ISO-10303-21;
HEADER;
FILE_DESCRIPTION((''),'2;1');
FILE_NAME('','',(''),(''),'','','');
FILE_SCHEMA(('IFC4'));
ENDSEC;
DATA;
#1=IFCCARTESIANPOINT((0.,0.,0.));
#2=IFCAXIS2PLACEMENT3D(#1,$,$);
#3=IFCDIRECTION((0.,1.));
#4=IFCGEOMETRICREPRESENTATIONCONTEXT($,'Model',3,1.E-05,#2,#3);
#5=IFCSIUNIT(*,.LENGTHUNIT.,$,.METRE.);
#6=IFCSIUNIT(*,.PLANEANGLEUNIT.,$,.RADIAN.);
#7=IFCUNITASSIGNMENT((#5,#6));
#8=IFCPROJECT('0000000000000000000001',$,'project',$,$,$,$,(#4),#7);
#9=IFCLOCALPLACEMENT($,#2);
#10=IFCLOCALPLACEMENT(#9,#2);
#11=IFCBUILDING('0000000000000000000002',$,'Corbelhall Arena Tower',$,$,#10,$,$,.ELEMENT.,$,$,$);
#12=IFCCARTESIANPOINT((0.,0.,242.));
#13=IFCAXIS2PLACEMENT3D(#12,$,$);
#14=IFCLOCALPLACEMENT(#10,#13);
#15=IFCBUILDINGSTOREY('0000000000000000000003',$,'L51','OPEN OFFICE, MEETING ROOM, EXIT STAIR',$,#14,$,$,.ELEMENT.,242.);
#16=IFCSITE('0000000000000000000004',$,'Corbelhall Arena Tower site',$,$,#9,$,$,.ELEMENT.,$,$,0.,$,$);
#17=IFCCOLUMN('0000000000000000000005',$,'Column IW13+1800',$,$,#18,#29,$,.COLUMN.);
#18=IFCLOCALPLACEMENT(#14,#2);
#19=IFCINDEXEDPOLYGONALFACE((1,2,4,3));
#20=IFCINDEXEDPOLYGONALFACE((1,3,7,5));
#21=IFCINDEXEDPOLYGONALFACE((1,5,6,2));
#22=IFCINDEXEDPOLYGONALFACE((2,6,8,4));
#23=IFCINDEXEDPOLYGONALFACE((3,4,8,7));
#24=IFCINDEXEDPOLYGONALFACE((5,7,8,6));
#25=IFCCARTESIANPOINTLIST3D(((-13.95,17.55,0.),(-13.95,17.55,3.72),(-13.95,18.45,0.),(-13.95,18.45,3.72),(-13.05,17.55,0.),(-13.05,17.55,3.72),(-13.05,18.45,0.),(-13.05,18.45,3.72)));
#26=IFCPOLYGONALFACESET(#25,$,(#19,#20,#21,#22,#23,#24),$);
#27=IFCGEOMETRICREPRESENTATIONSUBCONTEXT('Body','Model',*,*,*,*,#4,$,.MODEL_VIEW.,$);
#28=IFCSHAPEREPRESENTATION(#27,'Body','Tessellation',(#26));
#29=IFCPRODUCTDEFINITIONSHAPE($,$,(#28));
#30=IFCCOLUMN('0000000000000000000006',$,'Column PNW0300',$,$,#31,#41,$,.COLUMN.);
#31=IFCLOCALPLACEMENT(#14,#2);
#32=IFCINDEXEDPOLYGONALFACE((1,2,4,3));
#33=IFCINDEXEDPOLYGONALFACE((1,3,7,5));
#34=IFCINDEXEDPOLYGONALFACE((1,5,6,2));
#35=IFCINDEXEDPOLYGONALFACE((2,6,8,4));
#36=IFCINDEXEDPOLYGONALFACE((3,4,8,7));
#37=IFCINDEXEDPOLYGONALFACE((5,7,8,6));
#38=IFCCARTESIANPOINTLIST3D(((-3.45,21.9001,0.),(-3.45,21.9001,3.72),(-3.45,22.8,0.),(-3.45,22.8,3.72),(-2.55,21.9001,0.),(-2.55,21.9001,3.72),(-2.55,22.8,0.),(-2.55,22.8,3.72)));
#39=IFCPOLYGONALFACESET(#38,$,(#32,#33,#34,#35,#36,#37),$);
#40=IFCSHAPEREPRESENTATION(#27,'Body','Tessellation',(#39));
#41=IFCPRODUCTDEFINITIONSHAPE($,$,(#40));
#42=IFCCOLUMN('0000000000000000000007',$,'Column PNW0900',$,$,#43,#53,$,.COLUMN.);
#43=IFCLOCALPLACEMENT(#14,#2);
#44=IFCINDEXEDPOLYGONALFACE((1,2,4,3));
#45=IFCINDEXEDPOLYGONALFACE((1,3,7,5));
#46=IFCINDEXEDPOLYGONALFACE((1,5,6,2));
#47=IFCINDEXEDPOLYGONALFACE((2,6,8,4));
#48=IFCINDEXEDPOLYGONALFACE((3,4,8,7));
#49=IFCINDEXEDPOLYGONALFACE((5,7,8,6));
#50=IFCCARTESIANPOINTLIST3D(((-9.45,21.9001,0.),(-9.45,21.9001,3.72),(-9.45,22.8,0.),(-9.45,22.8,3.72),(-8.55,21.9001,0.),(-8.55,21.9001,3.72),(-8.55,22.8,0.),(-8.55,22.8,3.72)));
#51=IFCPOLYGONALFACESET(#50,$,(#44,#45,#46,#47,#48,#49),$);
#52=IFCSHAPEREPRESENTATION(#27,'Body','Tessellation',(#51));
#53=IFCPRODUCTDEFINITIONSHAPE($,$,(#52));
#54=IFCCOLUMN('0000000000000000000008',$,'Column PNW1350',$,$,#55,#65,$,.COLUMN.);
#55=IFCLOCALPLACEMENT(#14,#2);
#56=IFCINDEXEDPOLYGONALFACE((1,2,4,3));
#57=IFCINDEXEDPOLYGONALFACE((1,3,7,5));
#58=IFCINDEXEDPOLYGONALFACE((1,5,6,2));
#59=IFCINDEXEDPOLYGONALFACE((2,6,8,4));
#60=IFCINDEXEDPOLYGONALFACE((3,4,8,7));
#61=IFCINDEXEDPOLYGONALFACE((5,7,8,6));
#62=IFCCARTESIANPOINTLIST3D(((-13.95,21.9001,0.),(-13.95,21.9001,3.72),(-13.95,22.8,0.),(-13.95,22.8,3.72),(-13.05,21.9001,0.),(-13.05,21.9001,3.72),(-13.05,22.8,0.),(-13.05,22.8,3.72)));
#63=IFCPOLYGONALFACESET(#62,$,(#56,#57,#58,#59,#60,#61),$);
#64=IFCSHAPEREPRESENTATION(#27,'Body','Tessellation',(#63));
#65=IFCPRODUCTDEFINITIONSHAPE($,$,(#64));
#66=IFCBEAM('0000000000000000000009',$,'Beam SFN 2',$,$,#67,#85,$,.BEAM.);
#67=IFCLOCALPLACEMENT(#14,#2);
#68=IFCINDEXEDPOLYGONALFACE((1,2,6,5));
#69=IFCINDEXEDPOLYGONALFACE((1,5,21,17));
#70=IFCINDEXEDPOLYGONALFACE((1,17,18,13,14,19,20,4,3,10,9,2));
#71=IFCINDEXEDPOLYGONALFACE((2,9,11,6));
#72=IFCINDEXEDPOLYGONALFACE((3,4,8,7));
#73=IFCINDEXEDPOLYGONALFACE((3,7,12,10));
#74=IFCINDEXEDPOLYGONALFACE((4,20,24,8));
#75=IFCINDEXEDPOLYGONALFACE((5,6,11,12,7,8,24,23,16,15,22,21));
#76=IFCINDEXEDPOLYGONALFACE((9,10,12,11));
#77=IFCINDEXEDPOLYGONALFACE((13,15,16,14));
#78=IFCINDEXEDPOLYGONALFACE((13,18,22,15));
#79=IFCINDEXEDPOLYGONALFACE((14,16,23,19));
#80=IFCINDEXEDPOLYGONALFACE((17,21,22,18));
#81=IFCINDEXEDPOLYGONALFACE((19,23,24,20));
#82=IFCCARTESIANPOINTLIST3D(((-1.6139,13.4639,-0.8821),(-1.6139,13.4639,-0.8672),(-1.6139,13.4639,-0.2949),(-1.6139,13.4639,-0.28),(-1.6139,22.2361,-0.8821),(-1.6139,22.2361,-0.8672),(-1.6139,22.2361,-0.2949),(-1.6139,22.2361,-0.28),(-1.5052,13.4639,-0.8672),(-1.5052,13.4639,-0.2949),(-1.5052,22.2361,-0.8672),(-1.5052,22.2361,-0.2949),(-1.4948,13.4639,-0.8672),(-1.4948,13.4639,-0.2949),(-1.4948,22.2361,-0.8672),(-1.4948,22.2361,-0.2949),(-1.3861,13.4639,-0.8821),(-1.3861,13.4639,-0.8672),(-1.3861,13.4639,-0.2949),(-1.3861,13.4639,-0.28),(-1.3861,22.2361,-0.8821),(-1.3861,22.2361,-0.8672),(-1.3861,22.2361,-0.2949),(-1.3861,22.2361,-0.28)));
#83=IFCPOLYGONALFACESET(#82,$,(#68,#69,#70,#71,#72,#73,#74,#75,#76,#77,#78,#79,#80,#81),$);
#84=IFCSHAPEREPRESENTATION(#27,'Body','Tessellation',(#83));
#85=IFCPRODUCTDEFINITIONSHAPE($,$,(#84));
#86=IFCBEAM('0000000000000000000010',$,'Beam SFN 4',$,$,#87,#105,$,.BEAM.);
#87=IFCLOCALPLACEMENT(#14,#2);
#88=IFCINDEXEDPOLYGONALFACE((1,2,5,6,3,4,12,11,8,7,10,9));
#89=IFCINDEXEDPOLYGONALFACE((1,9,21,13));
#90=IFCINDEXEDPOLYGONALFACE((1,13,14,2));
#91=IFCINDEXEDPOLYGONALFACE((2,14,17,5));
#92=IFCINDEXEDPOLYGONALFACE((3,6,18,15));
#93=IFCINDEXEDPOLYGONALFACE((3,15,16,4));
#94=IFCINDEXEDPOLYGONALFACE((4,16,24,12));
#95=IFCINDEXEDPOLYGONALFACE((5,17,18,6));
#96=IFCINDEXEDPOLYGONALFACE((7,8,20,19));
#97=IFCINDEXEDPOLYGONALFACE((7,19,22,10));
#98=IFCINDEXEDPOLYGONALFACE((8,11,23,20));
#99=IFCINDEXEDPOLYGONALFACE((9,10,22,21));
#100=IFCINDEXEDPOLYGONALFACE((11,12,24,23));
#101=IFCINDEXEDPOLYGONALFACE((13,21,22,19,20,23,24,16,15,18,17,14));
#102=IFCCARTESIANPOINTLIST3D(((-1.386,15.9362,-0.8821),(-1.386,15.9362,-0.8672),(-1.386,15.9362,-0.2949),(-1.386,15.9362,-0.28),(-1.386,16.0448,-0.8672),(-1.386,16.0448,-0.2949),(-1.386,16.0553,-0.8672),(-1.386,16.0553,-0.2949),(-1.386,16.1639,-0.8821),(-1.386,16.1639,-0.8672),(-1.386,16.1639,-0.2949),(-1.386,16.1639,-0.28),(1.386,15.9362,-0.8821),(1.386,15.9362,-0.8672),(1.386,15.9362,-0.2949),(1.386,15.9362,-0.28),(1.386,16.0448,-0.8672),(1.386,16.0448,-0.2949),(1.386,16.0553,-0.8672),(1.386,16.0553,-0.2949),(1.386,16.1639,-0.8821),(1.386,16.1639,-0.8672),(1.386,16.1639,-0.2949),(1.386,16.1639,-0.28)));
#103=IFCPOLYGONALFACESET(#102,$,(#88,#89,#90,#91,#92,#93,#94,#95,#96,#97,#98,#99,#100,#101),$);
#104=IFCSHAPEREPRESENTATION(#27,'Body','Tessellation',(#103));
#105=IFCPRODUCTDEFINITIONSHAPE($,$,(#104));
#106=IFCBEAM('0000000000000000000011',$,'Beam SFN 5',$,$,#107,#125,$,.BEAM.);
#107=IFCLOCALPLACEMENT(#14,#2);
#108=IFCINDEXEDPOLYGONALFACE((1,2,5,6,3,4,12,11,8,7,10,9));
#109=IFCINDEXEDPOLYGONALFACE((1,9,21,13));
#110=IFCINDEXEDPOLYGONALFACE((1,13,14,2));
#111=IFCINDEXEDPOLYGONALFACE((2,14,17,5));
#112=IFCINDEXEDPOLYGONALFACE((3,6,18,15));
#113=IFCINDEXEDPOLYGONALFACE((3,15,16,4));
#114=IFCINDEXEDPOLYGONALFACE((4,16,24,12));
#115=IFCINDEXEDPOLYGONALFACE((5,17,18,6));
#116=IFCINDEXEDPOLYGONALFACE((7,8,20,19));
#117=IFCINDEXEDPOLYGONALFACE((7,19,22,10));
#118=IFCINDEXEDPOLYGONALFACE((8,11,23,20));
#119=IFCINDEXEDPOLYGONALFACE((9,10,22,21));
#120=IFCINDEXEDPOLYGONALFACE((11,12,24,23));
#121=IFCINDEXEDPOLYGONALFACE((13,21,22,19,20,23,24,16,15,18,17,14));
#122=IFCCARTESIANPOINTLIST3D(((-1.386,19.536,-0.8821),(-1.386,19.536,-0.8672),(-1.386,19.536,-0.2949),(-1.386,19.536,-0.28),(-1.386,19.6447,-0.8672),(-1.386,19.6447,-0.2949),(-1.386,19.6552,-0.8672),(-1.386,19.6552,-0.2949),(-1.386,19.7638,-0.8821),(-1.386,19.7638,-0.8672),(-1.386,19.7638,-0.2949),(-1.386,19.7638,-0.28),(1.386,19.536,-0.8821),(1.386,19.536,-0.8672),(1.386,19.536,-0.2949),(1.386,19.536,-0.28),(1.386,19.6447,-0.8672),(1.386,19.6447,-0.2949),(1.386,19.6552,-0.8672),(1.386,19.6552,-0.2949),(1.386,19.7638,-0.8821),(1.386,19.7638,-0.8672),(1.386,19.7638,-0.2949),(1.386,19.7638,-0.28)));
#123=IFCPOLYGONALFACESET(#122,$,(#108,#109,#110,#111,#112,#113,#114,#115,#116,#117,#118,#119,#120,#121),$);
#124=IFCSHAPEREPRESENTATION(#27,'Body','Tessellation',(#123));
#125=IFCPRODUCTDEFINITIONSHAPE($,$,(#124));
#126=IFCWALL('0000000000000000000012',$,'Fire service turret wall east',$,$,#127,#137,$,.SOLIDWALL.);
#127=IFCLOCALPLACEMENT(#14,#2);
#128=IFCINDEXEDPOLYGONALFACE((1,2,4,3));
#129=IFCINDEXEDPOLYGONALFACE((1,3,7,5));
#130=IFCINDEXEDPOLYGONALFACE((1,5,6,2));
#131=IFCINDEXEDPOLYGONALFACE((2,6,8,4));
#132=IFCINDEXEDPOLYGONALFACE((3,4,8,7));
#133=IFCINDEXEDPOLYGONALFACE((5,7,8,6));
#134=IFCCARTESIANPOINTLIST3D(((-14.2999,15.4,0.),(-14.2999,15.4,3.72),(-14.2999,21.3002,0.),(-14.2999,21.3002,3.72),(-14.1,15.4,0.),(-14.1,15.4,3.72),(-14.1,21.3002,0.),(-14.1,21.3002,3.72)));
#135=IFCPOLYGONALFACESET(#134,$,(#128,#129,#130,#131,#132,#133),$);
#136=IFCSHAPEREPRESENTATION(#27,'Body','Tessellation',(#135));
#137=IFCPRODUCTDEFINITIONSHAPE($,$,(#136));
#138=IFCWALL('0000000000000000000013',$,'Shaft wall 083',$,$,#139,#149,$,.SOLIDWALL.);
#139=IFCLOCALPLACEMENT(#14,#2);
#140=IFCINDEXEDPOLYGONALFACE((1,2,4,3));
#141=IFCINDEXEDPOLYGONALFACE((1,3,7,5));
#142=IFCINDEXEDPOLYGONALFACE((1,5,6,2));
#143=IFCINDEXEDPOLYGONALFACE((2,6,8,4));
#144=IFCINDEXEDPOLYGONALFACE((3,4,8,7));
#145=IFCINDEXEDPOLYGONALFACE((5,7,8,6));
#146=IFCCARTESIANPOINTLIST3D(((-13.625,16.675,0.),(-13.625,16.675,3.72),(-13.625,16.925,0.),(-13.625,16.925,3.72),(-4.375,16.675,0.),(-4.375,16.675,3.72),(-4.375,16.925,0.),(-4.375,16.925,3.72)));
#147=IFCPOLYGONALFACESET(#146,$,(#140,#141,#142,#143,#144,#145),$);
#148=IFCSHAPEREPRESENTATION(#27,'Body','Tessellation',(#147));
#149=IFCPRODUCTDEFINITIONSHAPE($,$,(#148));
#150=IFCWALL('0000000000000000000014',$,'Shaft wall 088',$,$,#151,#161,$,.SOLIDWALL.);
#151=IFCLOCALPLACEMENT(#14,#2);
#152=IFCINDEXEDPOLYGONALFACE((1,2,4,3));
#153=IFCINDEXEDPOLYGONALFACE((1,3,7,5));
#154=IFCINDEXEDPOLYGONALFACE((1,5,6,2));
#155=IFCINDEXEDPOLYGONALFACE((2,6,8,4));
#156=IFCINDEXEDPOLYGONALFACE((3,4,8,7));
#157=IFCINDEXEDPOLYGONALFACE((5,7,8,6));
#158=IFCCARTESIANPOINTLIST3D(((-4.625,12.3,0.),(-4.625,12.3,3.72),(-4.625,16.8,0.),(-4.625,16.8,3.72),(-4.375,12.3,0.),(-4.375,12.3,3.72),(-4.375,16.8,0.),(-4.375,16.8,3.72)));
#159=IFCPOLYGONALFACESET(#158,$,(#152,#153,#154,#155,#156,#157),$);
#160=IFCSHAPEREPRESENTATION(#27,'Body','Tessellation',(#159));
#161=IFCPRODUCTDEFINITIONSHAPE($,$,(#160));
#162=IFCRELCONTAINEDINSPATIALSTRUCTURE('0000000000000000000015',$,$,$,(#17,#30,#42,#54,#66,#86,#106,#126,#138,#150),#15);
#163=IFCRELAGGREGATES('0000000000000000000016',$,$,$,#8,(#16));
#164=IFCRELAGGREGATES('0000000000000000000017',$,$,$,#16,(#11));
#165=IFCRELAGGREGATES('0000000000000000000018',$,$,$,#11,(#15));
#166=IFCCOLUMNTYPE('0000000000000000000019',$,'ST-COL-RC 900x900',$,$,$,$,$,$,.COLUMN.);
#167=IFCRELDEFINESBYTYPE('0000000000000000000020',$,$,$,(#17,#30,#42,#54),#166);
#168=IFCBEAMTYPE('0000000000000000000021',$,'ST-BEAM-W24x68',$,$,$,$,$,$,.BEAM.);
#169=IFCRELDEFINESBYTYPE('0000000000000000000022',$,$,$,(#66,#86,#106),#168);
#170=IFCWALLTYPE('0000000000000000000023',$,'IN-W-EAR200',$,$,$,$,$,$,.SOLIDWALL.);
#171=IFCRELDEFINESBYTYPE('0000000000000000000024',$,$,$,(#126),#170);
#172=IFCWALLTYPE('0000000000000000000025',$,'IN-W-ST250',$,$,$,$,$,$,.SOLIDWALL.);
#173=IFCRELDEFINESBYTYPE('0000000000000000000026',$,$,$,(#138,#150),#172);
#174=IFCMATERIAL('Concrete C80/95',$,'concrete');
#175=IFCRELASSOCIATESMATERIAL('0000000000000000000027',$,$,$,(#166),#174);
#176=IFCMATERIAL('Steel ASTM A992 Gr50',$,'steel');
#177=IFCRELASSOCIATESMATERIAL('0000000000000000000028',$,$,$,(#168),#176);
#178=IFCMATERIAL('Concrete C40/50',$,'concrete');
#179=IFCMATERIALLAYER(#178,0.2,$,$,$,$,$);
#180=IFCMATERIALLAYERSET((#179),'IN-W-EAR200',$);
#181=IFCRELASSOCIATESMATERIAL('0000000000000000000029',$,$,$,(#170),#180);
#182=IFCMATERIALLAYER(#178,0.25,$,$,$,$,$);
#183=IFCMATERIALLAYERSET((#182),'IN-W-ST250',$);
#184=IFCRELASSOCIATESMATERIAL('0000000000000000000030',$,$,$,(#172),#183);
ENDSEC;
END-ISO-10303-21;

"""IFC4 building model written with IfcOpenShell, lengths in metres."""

from ifc_helpers import new_model, si_unit, direction, frame, frame_2d, origin, origin_2d, place, context, subcontext, project, spatial, rectangle, i_section, extrude, material, layer, layer_set, material_profile, profile_set, type_object, element, save


model = new_model("IFC4")

# Units and contexts
model_context = context("Model", 3, precision=1e-05, world=origin(), true_north=direction((0.0, 1.0)))
body_context = subcontext(model_context, "Body", "Model", "MODEL_VIEW")
ifc_project = project(units=[si_unit("LENGTHUNIT", "METRE"), si_unit("PLANEANGLEUNIT", "RADIAN")], contexts=[model_context])

# Site, building, storey
site_placement = place(None, origin())
site = spatial("IfcSite", under=ifc_project, at=site_placement, Name="Corbelhall Arena Tower site", CompositionType="ELEMENT", RefElevation=0.0)
building_placement = place(site_placement, origin())
building = spatial("IfcBuilding", under=site, at=building_placement, Name="Corbelhall Arena Tower", CompositionType="ELEMENT")
storey_placement = place(building_placement, frame((0.0, 0.0, 242.0)))
storey = spatial("IfcBuildingStorey", under=building, at=storey_placement, Name="L51", Description="OPEN OFFICE, MEETING ROOM, EXIT STAIR", CompositionType="ELEMENT", Elevation=242.0)

# Columns
ifc_material_1 = material(Name="Concrete C80/95", Category="concrete")
ifc_material_profile_1 = material_profile(ifc_material_1, rectangle(XDim=0.8999, YDim=0.8999, at=origin_2d()))
ifc_profile_set_1 = profile_set([ifc_material_profile_1], Name="Concrete C80/95")
column_type = type_object("IfcColumnType", Name="ST-COL-RC 900x900", PredefinedType="COLUMN", material=ifc_profile_set_1)
for number, where, z_axis, x_axis, name in (
    (1, (-13.5, 18.0, 0.0), (0.0, 0.0, 1.0), (1.0, 0.0, 0.0), "Column IW13+1800"),
    (2, (-3.0, 22.3501, 0.0), (0.0, 0.0, 1.0), (1.0, 0.0, 0.0), "Column PNW0300"),
    (3, (-9.0, 22.3501, 0.0), (0.0, 0.0, 1.0), (1.0, 0.0, 0.0), "Column PNW0900"),
    (4, (-13.5, 22.3501, 0.0), (0.0, 0.0, 1.0), (1.0, 0.0, 0.0), "Column PNW1350"),
):
    element("IfcColumn", number, at=place(storey_placement, frame(where, z_axis=z_axis, x_axis=x_axis)), inside=storey, type_object=column_type, Name=name, PredefinedType="COLUMN", context=body_context, shape_type="SweptSolid", body=[
        extrude(rectangle(XDim=0.8999, YDim=0.8999, at=origin_2d()), origin(), (0.0, 0.0, 1.0), 3.72),
    ])

# Beams
ifc_material_2 = material(Name="Steel ASTM A992 Gr50", Category="steel")
ifc_material_profile_2 = material_profile(ifc_material_2, i_section(OverallWidth=0.2278, OverallDepth=0.6021, WebThickness=0.0105, FlangeThickness=0.0149, at=origin_2d()))
ifc_profile_set_2 = profile_set([ifc_material_profile_2], Name="Steel ASTM A992 Gr50")
beam_type = type_object("IfcBeamType", Name="ST-BEAM-W24x68", PredefinedType="BEAM", material=ifc_profile_set_2)
beam_placement = place(storey_placement, frame((-1.5, 13.4639, -0.5811), z_axis=(0.0, 1.0, 0.0), x_axis=(-1.0, 0.0, 0.0)))
element("IfcBeam", 5, at=beam_placement, inside=storey, type_object=beam_type, Name="Beam SFN 2", PredefinedType="BEAM", context=body_context, shape_type="SweptSolid", body=[
    extrude(i_section(OverallWidth=0.2278, OverallDepth=0.6021, WebThickness=0.0105, FlangeThickness=0.0149, at=origin_2d()), origin(), (0.0, 0.0, 1.0), 8.7722),
])
for number, where, z_axis, x_axis, name in (
    (6, (-1.386, 16.05, -0.5811), (1.0, 0.0, 0.0), (0.0, 1.0, 0.0), "Beam SFN 4"),
    (7, (-1.386, 19.6499, -0.5811), (1.0, 0.0, 0.0), (0.0, 1.0, 0.0), "Beam SFN 5"),
):
    element("IfcBeam", number, at=place(storey_placement, frame(where, z_axis=z_axis, x_axis=x_axis)), inside=storey, type_object=beam_type, Name=name, PredefinedType="BEAM", context=body_context, shape_type="SweptSolid", body=[
        extrude(i_section(OverallWidth=0.2278, OverallDepth=0.6021, WebThickness=0.0105, FlangeThickness=0.0149, at=origin_2d()), origin(), (0.0, 0.0, 1.0), 2.772),
    ])

# Walls
ifc_material_3 = material(Name="Concrete C40/50", Category="concrete")
ifc_layer_1 = layer(ifc_material_3, 0.2)
ifc_layer_set_1 = layer_set([ifc_layer_1], Name="IN-W-EAR200")
wall_type_1 = type_object("IfcWallType", Name="IN-W-EAR200", PredefinedType="SOLIDWALL", material=ifc_layer_set_1)
wall_1_placement = place(storey_placement, frame((-14.2, 15.3999, 0.0), z_axis=(0.0, 0.0, 1.0), x_axis=(0.0, 1.0, 0.0)))
element("IfcWall", 8, at=wall_1_placement, inside=storey, type_object=wall_type_1, Name="Fire service turret wall east", PredefinedType="SOLIDWALL", context=body_context, shape_type="SweptSolid", body=[
    extrude(rectangle(XDim=5.9001, YDim=0.2, at=frame_2d((2.9502, 0.0))), origin(), (0.0, 0.0, 1.0), 3.72),
])
ifc_layer_2 = layer(ifc_material_3, 0.25)
ifc_layer_set_2 = layer_set([ifc_layer_2], Name="IN-W-ST250")
wall_type_2 = type_object("IfcWallType", Name="IN-W-ST250", PredefinedType="SOLIDWALL", material=ifc_layer_set_2)
wall_2_placement = place(storey_placement, frame((-13.625, 16.8, 0.0), z_axis=(0.0, 0.0, 1.0), x_axis=(1.0, 0.0, 0.0)))
element("IfcWall", 9, at=wall_2_placement, inside=storey, type_object=wall_type_2, Name="Shaft wall 083", PredefinedType="SOLIDWALL", context=body_context, shape_type="SweptSolid", body=[
    extrude(rectangle(XDim=9.25, YDim=0.25, at=frame_2d((4.625, 0.0))), origin(), (0.0, 0.0, 1.0), 3.72),
])
wall_3_placement = place(storey_placement, frame((-4.5, 16.8, 0.0), z_axis=(0.0, 0.0, 1.0), x_axis=(0.0, -1.0, 0.0)))
element("IfcWall", 10, at=wall_3_placement, inside=storey, type_object=wall_type_2, Name="Shaft wall 088", PredefinedType="SOLIDWALL", context=body_context, shape_type="SweptSolid", body=[
    extrude(rectangle(XDim=4.5, YDim=0.25, at=frame_2d((2.25, 0.0))), origin(), (0.0, 0.0, 1.0), 3.72),
])

save(model, "model.ifc")
